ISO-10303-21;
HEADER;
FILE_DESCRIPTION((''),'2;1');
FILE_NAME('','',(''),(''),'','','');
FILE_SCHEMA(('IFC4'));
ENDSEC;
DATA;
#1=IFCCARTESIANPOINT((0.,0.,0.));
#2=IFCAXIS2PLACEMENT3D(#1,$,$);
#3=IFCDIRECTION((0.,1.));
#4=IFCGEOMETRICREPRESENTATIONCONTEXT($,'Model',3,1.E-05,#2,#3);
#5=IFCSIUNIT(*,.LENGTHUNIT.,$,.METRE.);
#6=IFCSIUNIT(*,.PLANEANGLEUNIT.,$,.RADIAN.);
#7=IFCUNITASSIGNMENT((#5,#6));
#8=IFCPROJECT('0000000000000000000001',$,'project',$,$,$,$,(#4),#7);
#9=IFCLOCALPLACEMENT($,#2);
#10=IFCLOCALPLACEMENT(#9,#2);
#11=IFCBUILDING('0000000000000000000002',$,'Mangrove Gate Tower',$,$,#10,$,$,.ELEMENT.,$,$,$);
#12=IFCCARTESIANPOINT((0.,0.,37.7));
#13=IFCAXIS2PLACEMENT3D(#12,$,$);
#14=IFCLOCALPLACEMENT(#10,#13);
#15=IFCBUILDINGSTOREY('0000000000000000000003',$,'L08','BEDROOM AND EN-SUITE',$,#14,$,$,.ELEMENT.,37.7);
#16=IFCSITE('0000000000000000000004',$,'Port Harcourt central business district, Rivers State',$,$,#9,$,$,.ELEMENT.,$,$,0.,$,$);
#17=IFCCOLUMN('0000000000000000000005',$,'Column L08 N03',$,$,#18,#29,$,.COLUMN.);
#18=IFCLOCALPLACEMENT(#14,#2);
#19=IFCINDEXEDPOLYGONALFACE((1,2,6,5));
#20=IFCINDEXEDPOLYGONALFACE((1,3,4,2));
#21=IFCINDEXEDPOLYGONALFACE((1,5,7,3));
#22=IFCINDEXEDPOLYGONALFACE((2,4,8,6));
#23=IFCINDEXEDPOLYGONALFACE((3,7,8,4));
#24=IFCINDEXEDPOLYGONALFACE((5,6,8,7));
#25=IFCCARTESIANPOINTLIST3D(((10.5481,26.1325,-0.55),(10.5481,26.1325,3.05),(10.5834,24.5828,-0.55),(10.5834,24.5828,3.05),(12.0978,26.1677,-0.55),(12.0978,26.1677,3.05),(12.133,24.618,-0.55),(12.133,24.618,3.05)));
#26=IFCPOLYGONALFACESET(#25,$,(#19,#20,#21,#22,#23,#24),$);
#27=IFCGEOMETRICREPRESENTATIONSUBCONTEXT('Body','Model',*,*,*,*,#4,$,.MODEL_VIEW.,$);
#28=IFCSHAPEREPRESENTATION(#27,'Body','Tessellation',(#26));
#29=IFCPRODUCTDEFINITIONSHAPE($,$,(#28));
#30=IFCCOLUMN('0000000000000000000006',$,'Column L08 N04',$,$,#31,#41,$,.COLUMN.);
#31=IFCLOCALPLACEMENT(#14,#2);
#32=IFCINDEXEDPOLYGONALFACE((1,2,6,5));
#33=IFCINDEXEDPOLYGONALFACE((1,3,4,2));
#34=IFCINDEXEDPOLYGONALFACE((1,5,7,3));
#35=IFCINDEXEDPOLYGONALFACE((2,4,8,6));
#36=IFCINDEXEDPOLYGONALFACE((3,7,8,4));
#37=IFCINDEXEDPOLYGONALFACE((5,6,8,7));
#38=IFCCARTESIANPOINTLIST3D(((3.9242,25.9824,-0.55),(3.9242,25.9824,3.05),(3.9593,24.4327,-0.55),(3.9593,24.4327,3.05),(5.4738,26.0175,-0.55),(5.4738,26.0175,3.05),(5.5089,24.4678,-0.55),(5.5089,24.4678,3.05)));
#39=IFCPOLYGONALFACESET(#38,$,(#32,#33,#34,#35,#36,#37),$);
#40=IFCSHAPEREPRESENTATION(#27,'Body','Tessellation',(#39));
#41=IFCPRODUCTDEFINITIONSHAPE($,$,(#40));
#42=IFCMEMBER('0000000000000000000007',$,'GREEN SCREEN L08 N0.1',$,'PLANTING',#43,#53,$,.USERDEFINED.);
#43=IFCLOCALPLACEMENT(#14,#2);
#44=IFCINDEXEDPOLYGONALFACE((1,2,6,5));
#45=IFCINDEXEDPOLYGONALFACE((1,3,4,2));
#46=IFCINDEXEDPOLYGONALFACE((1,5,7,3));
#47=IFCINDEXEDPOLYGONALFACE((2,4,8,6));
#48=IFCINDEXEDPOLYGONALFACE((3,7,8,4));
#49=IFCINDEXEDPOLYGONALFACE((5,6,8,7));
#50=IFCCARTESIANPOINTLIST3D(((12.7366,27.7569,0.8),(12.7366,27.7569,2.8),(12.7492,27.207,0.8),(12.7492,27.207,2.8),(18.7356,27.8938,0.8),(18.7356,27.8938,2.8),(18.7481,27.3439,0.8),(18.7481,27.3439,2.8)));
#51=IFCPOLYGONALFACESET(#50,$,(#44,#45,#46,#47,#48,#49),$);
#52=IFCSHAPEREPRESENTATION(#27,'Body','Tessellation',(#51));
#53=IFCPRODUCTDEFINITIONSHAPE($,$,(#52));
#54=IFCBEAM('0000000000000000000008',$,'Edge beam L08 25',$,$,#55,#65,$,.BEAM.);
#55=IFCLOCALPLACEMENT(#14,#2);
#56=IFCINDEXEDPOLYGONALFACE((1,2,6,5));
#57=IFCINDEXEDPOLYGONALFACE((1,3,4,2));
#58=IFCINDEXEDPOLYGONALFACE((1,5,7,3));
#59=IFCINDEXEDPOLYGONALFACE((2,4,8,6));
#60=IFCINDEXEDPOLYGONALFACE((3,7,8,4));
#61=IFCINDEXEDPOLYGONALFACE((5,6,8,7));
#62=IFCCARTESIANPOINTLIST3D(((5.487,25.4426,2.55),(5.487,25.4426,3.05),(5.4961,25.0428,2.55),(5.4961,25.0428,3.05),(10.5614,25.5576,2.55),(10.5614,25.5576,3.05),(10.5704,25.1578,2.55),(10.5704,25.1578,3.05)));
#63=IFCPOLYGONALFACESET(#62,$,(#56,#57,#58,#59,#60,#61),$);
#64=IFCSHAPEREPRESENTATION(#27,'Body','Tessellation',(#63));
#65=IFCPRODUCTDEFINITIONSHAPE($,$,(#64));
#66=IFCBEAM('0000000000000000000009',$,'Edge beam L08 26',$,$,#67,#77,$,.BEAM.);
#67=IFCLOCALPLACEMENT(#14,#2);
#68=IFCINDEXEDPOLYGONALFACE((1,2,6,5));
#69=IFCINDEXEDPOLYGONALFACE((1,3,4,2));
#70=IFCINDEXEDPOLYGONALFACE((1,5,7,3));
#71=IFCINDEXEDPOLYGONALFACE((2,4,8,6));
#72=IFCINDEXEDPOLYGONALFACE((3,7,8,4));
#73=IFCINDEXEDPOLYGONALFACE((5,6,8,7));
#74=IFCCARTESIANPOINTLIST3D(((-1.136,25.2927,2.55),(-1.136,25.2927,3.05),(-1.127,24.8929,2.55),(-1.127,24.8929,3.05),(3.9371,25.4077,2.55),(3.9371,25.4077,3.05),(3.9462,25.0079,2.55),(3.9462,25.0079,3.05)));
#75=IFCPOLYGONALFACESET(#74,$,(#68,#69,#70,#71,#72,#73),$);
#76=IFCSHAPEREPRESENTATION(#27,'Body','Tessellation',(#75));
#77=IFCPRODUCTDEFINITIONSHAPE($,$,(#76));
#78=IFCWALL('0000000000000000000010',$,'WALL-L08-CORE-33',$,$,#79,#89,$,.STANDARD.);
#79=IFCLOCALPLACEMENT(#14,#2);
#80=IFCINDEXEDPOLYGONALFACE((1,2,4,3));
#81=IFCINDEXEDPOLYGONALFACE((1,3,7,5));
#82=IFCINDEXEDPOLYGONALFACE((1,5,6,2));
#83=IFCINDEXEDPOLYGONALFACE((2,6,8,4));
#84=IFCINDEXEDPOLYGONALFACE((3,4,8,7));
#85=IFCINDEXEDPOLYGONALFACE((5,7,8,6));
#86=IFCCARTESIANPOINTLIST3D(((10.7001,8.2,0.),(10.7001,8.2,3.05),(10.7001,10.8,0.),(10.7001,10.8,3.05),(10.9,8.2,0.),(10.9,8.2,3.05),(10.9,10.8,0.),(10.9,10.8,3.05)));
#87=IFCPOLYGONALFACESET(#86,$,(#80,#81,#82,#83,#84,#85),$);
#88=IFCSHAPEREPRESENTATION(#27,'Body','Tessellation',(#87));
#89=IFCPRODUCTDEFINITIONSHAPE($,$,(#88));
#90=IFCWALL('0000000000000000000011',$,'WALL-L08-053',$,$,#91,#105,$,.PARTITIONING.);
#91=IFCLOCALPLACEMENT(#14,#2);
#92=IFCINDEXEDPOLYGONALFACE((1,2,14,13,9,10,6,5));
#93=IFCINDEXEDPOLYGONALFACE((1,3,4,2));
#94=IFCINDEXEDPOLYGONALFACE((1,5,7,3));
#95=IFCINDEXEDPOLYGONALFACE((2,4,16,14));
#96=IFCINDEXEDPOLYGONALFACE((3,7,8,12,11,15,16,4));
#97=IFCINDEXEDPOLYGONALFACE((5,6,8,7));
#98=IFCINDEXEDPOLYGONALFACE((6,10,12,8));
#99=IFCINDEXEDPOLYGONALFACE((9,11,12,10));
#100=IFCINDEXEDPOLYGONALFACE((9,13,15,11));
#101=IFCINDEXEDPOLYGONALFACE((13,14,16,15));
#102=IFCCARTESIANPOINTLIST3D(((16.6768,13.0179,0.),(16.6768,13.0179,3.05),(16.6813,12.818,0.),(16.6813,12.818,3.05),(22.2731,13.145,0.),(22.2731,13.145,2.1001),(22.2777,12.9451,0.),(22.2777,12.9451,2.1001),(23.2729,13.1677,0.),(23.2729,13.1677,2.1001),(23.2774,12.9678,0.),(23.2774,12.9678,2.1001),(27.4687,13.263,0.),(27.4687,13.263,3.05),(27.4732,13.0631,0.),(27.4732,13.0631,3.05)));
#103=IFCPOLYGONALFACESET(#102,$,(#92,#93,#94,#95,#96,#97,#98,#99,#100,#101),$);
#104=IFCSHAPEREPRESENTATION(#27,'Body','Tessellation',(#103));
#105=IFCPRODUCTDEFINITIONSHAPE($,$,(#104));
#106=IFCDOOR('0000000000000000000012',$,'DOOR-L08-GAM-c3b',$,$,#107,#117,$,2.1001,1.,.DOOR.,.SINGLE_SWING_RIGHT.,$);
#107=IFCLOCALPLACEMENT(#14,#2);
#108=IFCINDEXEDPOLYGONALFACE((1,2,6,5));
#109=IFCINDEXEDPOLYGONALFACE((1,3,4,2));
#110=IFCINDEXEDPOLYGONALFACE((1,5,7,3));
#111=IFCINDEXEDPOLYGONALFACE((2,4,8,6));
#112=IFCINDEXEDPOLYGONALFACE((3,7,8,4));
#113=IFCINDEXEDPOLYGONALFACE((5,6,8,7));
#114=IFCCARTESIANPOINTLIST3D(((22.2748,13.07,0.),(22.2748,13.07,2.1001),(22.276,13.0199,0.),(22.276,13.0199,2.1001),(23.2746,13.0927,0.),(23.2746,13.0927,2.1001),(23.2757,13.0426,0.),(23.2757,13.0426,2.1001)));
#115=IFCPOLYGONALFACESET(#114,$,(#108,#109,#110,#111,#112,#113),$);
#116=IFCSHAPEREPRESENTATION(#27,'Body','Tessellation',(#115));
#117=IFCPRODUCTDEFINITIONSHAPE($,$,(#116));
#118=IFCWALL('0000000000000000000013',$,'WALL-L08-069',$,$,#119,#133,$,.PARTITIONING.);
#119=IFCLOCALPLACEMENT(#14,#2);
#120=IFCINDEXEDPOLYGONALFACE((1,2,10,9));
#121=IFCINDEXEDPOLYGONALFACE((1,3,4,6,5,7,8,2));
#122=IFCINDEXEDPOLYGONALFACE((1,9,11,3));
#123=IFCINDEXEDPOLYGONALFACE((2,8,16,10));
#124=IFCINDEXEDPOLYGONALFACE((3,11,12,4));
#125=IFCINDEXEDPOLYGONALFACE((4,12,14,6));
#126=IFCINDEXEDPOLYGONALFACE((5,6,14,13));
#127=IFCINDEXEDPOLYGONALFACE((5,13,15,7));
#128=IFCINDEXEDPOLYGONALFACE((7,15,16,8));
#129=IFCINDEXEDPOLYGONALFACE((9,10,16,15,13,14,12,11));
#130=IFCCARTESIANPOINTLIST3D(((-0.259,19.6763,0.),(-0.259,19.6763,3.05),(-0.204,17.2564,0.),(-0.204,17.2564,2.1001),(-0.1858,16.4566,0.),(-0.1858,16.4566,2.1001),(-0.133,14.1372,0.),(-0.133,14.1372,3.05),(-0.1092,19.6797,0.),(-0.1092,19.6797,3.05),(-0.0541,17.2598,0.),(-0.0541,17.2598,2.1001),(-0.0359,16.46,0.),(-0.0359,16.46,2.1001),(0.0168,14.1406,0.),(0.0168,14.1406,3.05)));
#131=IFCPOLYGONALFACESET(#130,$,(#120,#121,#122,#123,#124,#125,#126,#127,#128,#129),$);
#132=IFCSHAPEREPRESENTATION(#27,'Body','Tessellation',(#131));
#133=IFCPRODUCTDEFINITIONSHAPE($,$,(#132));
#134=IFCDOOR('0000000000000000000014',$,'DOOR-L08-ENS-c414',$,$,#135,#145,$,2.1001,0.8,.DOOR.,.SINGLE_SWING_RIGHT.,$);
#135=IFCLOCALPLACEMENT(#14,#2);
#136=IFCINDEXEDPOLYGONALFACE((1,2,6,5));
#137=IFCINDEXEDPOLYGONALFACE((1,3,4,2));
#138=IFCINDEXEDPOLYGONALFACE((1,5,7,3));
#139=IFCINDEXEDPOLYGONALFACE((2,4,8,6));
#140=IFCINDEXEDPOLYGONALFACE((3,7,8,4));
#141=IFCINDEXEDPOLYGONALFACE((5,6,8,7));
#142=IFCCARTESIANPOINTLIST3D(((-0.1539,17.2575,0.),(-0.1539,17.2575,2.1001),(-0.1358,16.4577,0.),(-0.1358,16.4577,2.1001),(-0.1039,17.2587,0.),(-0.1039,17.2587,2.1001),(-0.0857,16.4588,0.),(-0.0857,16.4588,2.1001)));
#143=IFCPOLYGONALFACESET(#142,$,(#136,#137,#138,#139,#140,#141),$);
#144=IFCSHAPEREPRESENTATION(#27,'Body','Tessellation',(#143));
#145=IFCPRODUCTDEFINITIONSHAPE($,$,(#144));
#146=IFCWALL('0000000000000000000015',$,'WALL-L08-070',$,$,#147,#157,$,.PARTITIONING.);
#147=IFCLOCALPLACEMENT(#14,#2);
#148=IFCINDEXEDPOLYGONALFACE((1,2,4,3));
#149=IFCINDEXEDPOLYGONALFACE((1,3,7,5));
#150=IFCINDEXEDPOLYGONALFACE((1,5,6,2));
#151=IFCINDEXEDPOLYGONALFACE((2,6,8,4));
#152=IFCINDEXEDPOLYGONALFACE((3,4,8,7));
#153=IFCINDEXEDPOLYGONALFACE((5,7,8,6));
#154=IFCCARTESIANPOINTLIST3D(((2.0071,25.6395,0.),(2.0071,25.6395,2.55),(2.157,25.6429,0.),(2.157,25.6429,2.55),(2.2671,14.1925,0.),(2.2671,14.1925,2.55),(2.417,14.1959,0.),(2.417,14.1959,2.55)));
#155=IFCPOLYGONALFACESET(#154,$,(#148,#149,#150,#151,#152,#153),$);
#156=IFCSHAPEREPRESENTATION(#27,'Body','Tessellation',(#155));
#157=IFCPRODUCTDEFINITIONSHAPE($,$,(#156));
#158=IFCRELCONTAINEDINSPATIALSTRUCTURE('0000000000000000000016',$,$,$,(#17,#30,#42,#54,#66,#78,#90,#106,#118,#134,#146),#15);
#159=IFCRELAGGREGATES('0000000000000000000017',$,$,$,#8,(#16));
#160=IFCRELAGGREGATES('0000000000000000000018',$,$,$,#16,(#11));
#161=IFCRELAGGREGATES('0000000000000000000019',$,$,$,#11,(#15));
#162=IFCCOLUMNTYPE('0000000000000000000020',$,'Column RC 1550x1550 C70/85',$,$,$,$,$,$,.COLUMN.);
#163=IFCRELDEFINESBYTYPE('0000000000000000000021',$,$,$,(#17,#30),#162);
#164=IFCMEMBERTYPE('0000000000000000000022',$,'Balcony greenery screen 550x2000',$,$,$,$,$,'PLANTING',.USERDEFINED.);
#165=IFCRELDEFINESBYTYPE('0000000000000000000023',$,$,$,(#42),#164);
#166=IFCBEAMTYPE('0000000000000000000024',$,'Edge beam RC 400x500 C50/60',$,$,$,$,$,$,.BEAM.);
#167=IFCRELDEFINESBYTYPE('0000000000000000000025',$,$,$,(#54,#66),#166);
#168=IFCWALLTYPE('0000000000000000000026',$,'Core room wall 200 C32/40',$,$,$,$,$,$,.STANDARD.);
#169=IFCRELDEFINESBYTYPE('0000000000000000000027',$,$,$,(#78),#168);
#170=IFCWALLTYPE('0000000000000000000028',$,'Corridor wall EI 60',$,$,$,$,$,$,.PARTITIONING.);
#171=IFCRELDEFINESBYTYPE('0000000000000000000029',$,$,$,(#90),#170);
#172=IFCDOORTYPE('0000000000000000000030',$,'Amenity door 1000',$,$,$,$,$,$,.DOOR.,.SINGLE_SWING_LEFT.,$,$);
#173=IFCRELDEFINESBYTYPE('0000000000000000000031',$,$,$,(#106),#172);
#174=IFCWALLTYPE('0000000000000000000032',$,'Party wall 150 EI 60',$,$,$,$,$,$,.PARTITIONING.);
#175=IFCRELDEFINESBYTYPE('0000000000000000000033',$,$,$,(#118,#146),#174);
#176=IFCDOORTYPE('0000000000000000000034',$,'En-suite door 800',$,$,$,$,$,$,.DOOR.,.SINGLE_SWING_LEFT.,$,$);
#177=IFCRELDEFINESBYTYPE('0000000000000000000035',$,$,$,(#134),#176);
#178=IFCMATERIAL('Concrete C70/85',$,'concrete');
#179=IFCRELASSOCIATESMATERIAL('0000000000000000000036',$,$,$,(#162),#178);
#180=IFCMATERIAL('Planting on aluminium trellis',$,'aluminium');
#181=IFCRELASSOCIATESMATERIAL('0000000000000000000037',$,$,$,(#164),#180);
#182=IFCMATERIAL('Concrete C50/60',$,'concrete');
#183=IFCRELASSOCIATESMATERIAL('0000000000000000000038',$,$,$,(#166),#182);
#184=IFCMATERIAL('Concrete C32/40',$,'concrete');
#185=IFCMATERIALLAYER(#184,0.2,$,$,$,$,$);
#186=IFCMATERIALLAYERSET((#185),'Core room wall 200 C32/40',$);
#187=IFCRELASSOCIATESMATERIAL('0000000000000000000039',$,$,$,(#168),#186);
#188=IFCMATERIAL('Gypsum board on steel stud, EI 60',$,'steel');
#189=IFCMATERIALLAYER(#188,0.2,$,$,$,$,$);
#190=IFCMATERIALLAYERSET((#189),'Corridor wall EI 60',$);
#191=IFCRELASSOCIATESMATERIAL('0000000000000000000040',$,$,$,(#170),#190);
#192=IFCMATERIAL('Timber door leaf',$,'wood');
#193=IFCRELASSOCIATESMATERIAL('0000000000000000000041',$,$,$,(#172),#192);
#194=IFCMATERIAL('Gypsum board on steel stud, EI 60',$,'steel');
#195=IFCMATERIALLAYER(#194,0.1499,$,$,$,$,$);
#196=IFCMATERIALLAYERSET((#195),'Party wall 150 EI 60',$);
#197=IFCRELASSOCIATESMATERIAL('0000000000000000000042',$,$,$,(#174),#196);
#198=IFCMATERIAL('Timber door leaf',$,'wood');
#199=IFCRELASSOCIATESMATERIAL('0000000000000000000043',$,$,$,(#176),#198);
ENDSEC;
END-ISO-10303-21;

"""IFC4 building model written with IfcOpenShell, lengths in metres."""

from ifc_helpers import new_model, si_unit, direction, frame, frame_2d, origin, origin_2d, place, context, subcontext, project, spatial, rectangle, extrude, material, layer, layer_set, material_profile, profile_set, type_object, element, fill, save


model = new_model("IFC4")

# Units and contexts
model_context = context("Model", 3, precision=1e-05, world=origin(), true_north=direction((0.0, 1.0)))
body_context = subcontext(model_context, "Body", "Model", "MODEL_VIEW")
ifc_project = project(units=[si_unit("LENGTHUNIT", "METRE"), si_unit("PLANEANGLEUNIT", "RADIAN")], contexts=[model_context])

# Site, building, storey
site_placement = place(None, origin())
site = spatial("IfcSite", under=ifc_project, at=site_placement, Name="Port Harcourt central business district, Rivers State", CompositionType="ELEMENT", RefElevation=0.0)
building_placement = place(site_placement, origin())
building = spatial("IfcBuilding", under=site, at=building_placement, Name="Mangrove Gate Tower", CompositionType="ELEMENT")
storey_placement = place(building_placement, frame((0.0, 0.0, 37.7)))
storey = spatial("IfcBuildingStorey", under=building, at=storey_placement, Name="L08", Description="BEDROOM AND EN-SUITE", CompositionType="ELEMENT", Elevation=37.7)

# Columns
ifc_material_1 = material(Name="Concrete C70/85", Category="concrete")
ifc_material_profile_1 = material_profile(ifc_material_1, rectangle(XDim=1.55, YDim=1.55, at=origin_2d()))
ifc_profile_set_1 = profile_set([ifc_material_profile_1], Name="Concrete C70/85")
column_type = type_object("IfcColumnType", Name="Column RC 1550x1550 C70/85", PredefinedType="COLUMN", material=ifc_profile_set_1)
for number, where, z_axis, x_axis, name in (
    (1, (11.3406, 25.3752, -0.55), (0.0, 0.0, 1.0), (-0.999742, -0.022716, 0.0), "Column L08 N03"),
    (2, (4.7166, 25.2251, -0.55), (0.0, 0.0, 1.0), (-0.999744, -0.022641, 0.0), "Column L08 N04"),
):
    element("IfcColumn", number, at=place(storey_placement, frame(where, z_axis=z_axis, x_axis=x_axis)), inside=storey, type_object=column_type, Name=name, PredefinedType="COLUMN", context=body_context, shape_type="SweptSolid", body=[
        extrude(rectangle(XDim=1.55, YDim=1.55, at=origin_2d()), origin(), (0.0, 0.0, 1.0), 3.6001),
    ])

# Member
ifc_material_2 = material(Name="Planting on aluminium trellis", Category="aluminium")
ifc_material_profile_2 = material_profile(ifc_material_2, rectangle(XDim=0.55, YDim=2.0, at=origin_2d()))
ifc_profile_set_2 = profile_set([ifc_material_profile_2], Name="Planting on aluminium trellis")
member_type = type_object("IfcMemberType", Name="Balcony greenery screen 550x2000", ElementType="PLANTING", PredefinedType="USERDEFINED", material=ifc_profile_set_2)
member_placement = place(storey_placement, frame((12.7429, 27.4819, 1.8), z_axis=(0.999739, 0.022825, 0.0), x_axis=(-0.022825, 0.999739, 0.0)))
element("IfcMember", 3, at=member_placement, inside=storey, type_object=member_type, Name="GREEN SCREEN L08 N0.1", ObjectType="PLANTING", PredefinedType="USERDEFINED", context=body_context, shape_type="SweptSolid", body=[
    extrude(rectangle(XDim=0.55, YDim=2.0, at=origin_2d()), origin(), (0.0, 0.0, 1.0), 6.0005),
])

# Beams
ifc_material_3 = material(Name="Concrete C50/60", Category="concrete")
ifc_material_profile_3 = material_profile(ifc_material_3, rectangle(XDim=0.3999, YDim=0.5, at=origin_2d()))
ifc_profile_set_3 = profile_set([ifc_material_profile_3], Name="Concrete C50/60")
beam_type = type_object("IfcBeamType", Name="Edge beam RC 400x500 C50/60", PredefinedType="BEAM", material=ifc_profile_set_3)
beam_1_placement = place(storey_placement, frame((10.5659, 25.3577, 2.8), z_axis=(-0.999743, -0.022655, 0.0), x_axis=(0.022655, -0.999743, 0.0)))
element("IfcBeam", 4, at=beam_1_placement, inside=storey, type_object=beam_type, Name="Edge beam L08 25", PredefinedType="BEAM", context=body_context, shape_type="SweptSolid", body=[
    extrude(rectangle(XDim=0.3999, YDim=0.5, at=origin_2d()), origin(), (0.0, 0.0, 1.0), 5.0757),
])
beam_2_placement = place(storey_placement, frame((3.9417, 25.2078, 2.8), z_axis=(-0.999743, -0.02266, 0.0), x_axis=(0.02266, -0.999743, 0.0)))
element("IfcBeam", 5, at=beam_2_placement, inside=storey, type_object=beam_type, Name="Edge beam L08 26", PredefinedType="BEAM", context=body_context, shape_type="SweptSolid", body=[
    extrude(rectangle(XDim=0.3999, YDim=0.5, at=origin_2d()), origin(), (0.0, 0.0, 1.0), 5.0745),
])

# Wall
ifc_material_4 = material(Name="Concrete C32/40", Category="concrete")
ifc_layer_1 = layer(ifc_material_4, 0.2)
ifc_layer_set_1 = layer_set([ifc_layer_1], Name="Core room wall 200 C32/40")
wall_type_1 = type_object("IfcWallType", Name="Core room wall 200 C32/40", PredefinedType="STANDARD", material=ifc_layer_set_1)
wall_1_placement = place(storey_placement, frame((10.8, 8.2, 0.0), z_axis=(0.0, 0.0, 1.0), x_axis=(0.0, 1.0, 0.0)))
element("IfcWall", 6, at=wall_1_placement, inside=storey, type_object=wall_type_1, Name="WALL-L08-CORE-33", PredefinedType="STANDARD", context=body_context, shape_type="SweptSolid", body=[
    extrude(rectangle(XDim=2.6001, YDim=0.2, at=frame_2d((1.3, 0.0))), origin(), (0.0, 0.0, 1.0), 3.05),
])

# Walls, openings, doors
ifc_material_5 = material(Name="Gypsum board on steel stud, EI 60", Category="steel")
ifc_layer_2 = layer(ifc_material_5, 0.2)
ifc_layer_set_2 = layer_set([ifc_layer_2], Name="Corridor wall EI 60")
wall_type_2 = type_object("IfcWallType", Name="Corridor wall EI 60", PredefinedType="PARTITIONING", material=ifc_layer_set_2)
wall_2_placement = place(storey_placement, frame((16.679, 12.918, 0.0), z_axis=(0.0, 0.0, 1.0), x_axis=(0.999742, 0.022707, 0.0)))
wall_2 = element("IfcWall", 7, at=wall_2_placement, inside=storey, type_object=wall_type_2, Name="WALL-L08-053", PredefinedType="PARTITIONING", context=body_context, shape_type="SweptSolid", body=[
    extrude(rectangle(XDim=10.7947, YDim=0.2, at=frame_2d((5.3975, 0.0))), origin(), (0.0, 0.0, 1.0), 3.05),
])
opening_1_placement = place(wall_2_placement, frame((5.5979, 0.0, 0.0)))
opening_1 = element("IfcOpeningElement", 8, at=opening_1_placement, cuts=wall_2, PredefinedType="OPENING", context=body_context, shape_type="SweptSolid", body=[
    extrude(rectangle(XDim=1.0, YDim=2.1001, at=frame_2d((0.5, 1.05))), frame((0.0, 0.1099, 0.0), z_axis=(0.0, -1.0, 0.0), x_axis=(1.0, 0.0, 0.0)), (0.0, 0.0, 1.0), 0.22),
])
ifc_material_6 = material(Name="Timber door leaf", Category="wood")
door_type_1 = type_object("IfcDoorType", Name="Amenity door 1000", OperationType="SINGLE_SWING_LEFT", PredefinedType="DOOR", material=ifc_material_6)
door_1_placement = place(opening_1_placement, origin())
door_1 = element("IfcDoor", 9, at=door_1_placement, inside=storey, type_object=door_type_1, Name="DOOR-L08-GAM-c3b", OperationType="SINGLE_SWING_RIGHT", OverallHeight=2.1001, OverallWidth=1.0, PredefinedType="DOOR", context=body_context, shape_type="SweptSolid", body=[
    extrude(rectangle(XDim=1.0, YDim=2.1001, at=frame_2d((0.5, 1.05))), frame((0.0, 0.0249, 0.0), z_axis=(0.0, -1.0, 0.0), x_axis=(1.0, 0.0, 0.0)), (0.0, 0.0, 1.0), 0.05),
])
fill(opening_1, door_1)
ifc_material_7 = material(Name="Gypsum board on steel stud, EI 60", Category="steel")
ifc_layer_3 = layer(ifc_material_7, 0.1499)
ifc_layer_set_3 = layer_set([ifc_layer_3], Name="Party wall 150 EI 60")
wall_type_3 = type_object("IfcWallType", Name="Party wall 150 EI 60", PredefinedType="PARTITIONING", material=ifc_layer_set_3)
wall_3_placement = place(storey_placement, frame((-0.0581, 14.1389, 0.0), z_axis=(0.0, 0.0, 1.0), x_axis=(-0.022737, 0.999741, 0.0)))
wall_3 = element("IfcWall", 10, at=wall_3_placement, inside=storey, type_object=wall_type_3, Name="WALL-L08-069", PredefinedType="PARTITIONING", context=body_context, shape_type="SweptSolid", body=[
    extrude(rectangle(XDim=5.5405, YDim=0.1499, at=frame_2d((2.7703, 0.0))), origin(), (0.0, 0.0, 1.0), 3.05),
])
opening_2_placement = place(wall_3_placement, frame((2.3201, 0.0, 0.0)))
opening_2 = element("IfcOpeningElement", 11, at=opening_2_placement, cuts=wall_3, PredefinedType="OPENING", context=body_context, shape_type="SweptSolid", body=[
    extrude(rectangle(XDim=0.8, YDim=2.1001, at=frame_2d((0.3999, 1.05))), frame((0.0, 0.085, 0.0), z_axis=(0.0, -1.0, 0.0), x_axis=(1.0, 0.0, 0.0)), (0.0, 0.0, 1.0), 0.1699),
])
ifc_material_8 = material(Name="Timber door leaf", Category="wood")
door_type_2 = type_object("IfcDoorType", Name="En-suite door 800", OperationType="SINGLE_SWING_LEFT", PredefinedType="DOOR", material=ifc_material_8)
door_2_placement = place(opening_2_placement, origin())
door_2 = element("IfcDoor", 12, at=door_2_placement, inside=storey, type_object=door_type_2, Name="DOOR-L08-ENS-c414", OperationType="SINGLE_SWING_RIGHT", OverallHeight=2.1001, OverallWidth=0.8, PredefinedType="DOOR", context=body_context, shape_type="SweptSolid", body=[
    extrude(rectangle(XDim=0.8, YDim=2.1001, at=frame_2d((0.3999, 1.05))), frame((0.0, 0.0249, 0.0), z_axis=(0.0, -1.0, 0.0), x_axis=(1.0, 0.0, 0.0)), (0.0, 0.0, 1.0), 0.05),
])
fill(opening_2, door_2)

# Wall
wall_4_placement = place(storey_placement, frame((2.342, 14.1941, 0.0), z_axis=(0.0, 0.0, 1.0), x_axis=(-0.022708, 0.999742, 0.0)))
element("IfcWall", 13, at=wall_4_placement, inside=storey, type_object=wall_type_3, Name="WALL-L08-070", PredefinedType="PARTITIONING", context=body_context, shape_type="SweptSolid", body=[
    extrude(rectangle(XDim=11.45, YDim=0.1499, at=frame_2d((5.7251, 0.0))), origin(), (0.0, 0.0, 1.0), 2.55),
])

save(model, "model.ifc")
